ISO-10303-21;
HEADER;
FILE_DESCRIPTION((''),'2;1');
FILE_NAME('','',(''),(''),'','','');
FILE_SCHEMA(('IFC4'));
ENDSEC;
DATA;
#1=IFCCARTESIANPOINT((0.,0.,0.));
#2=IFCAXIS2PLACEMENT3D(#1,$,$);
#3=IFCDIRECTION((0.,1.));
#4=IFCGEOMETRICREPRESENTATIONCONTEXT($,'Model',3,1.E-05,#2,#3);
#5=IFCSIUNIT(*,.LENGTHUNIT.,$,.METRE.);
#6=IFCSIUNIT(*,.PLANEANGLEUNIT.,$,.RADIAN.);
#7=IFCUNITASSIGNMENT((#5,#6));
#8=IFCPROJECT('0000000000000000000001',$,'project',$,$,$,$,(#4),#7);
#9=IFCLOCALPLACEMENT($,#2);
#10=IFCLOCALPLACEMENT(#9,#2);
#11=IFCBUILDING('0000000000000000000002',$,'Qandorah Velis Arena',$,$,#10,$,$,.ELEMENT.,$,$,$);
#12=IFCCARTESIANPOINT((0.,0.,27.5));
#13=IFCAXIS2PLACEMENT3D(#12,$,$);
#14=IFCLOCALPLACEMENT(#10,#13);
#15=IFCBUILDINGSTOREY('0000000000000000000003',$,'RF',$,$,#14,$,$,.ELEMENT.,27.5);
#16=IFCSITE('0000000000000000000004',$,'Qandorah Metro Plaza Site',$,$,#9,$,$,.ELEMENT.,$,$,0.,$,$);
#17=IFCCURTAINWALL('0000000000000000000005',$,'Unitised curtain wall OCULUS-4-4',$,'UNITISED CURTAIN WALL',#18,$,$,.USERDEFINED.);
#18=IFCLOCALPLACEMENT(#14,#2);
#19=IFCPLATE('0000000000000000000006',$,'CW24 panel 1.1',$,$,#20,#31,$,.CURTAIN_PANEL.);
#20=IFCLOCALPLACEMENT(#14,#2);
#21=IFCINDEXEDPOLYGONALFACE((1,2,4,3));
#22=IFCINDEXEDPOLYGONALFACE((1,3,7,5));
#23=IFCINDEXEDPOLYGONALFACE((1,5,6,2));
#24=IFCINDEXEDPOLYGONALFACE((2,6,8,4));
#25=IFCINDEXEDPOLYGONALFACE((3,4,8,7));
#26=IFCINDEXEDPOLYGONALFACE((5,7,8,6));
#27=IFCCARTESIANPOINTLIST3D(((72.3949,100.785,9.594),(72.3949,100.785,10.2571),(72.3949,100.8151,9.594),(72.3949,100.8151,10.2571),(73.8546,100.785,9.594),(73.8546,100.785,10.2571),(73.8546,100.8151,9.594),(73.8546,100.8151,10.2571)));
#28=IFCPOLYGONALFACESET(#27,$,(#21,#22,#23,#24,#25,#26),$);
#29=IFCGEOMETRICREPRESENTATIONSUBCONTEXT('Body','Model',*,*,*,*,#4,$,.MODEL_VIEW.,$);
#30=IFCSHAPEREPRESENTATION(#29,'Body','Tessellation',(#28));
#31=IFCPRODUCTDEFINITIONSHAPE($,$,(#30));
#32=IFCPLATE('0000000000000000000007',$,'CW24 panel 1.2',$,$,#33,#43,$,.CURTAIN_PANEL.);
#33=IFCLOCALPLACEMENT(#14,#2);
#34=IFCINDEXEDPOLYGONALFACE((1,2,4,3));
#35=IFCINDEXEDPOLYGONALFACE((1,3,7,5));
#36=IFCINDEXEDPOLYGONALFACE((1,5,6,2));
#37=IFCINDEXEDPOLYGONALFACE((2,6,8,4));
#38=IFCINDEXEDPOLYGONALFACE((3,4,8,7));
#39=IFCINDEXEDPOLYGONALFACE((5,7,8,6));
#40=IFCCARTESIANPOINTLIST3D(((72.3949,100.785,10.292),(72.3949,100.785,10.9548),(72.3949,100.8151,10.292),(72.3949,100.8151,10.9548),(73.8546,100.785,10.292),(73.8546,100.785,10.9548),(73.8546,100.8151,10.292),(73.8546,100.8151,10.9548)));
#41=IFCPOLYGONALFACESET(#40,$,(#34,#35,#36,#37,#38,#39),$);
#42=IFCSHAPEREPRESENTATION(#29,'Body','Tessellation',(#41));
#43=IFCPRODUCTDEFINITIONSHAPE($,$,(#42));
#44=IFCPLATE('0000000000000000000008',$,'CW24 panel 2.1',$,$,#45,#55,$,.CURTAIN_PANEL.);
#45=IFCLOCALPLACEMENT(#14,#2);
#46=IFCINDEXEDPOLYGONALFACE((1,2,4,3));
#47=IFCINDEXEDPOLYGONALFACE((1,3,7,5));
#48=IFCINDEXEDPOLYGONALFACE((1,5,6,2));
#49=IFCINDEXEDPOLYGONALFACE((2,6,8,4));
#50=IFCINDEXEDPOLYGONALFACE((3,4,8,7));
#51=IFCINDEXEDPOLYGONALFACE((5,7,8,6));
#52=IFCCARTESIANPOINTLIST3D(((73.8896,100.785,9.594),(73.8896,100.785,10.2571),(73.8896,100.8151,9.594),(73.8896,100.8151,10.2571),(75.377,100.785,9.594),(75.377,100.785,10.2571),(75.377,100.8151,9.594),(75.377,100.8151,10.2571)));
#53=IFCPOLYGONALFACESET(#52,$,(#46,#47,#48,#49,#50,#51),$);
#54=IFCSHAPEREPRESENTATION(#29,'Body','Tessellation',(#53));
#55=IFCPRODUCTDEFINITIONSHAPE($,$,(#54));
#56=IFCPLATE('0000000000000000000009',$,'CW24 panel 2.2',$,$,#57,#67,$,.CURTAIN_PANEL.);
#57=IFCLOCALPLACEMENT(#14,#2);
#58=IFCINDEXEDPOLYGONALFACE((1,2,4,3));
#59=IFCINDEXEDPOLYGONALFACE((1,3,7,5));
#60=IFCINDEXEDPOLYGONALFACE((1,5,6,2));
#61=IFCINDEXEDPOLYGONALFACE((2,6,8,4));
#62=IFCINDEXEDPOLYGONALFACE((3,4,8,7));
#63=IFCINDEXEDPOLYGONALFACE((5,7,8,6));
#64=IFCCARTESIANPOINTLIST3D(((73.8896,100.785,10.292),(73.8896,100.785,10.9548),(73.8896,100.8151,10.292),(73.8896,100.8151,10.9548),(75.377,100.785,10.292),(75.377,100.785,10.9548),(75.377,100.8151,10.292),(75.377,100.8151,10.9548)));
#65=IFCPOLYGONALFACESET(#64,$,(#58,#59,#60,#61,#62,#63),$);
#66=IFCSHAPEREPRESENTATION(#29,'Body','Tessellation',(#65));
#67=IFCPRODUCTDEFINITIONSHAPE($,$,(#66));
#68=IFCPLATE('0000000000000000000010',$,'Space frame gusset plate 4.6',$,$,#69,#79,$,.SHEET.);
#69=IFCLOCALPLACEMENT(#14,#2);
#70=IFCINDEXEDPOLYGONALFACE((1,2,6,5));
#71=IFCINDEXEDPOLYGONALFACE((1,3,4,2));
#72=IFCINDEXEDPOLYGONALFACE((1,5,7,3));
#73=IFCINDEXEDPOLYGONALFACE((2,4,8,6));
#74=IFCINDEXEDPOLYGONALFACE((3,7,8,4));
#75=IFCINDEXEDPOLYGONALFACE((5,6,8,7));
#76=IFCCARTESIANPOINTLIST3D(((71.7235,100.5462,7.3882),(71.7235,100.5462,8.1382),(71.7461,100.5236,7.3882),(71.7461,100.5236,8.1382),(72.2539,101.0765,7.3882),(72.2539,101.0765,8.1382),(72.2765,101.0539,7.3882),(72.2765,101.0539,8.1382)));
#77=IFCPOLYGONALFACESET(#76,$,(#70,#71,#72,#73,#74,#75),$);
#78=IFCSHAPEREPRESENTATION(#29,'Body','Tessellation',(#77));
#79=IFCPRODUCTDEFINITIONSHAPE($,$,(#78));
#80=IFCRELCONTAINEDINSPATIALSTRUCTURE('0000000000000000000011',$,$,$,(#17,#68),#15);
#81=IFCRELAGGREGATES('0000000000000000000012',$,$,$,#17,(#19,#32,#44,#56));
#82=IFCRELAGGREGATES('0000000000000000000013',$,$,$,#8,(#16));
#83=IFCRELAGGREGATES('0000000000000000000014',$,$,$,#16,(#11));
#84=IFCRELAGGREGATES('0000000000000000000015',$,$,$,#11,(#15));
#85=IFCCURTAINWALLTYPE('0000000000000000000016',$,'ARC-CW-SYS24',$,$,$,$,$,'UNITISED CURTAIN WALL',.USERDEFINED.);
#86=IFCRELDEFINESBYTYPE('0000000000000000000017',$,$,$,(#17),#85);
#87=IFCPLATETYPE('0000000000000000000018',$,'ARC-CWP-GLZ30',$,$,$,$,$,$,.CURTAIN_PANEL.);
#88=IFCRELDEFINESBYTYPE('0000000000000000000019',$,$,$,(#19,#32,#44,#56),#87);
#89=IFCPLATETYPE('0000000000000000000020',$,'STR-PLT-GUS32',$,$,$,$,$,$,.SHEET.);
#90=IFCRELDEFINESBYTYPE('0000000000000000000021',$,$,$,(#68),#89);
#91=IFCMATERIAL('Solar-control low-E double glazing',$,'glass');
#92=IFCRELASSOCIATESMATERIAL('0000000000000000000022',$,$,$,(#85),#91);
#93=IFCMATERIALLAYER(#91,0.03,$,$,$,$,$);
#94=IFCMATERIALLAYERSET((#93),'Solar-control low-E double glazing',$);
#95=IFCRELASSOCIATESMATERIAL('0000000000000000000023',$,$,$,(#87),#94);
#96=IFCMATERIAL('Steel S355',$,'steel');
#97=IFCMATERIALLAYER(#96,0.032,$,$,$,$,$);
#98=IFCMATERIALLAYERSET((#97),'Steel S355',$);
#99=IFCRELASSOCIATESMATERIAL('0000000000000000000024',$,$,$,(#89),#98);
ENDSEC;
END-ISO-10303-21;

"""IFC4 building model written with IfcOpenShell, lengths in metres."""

from ifc_helpers import new_model, si_unit, direction, frame, origin, origin_2d, place, context, subcontext, project, spatial, rectangle, extrude, material, layer, layer_set, type_object, element, aggregate, save


model = new_model("IFC4")

# Units and contexts
model_context = context("Model", 3, precision=1e-05, world=origin(), true_north=direction((0.0, 1.0)))
body_context = subcontext(model_context, "Body", "Model", "MODEL_VIEW")
ifc_project = project(units=[si_unit("LENGTHUNIT", "METRE"), si_unit("PLANEANGLEUNIT", "RADIAN")], contexts=[model_context])

# Site, building, storey
site_placement = place(None, origin())
site = spatial("IfcSite", under=ifc_project, at=site_placement, Name="Qandorah Metro Plaza Site", CompositionType="ELEMENT", RefElevation=0.0)
building_placement = place(site_placement, origin())
building = spatial("IfcBuilding", under=site, at=building_placement, Name="Qandorah Velis Arena", CompositionType="ELEMENT")
storey_placement = place(building_placement, frame((0.0, 0.0, 27.5)))
storey = spatial("IfcBuildingStorey", under=building, at=storey_placement, Name="RF", CompositionType="ELEMENT", Elevation=27.5)

# Curtain wall
ifc_material_1 = material(Name="Solar-control low-E double glazing", Category="glass")
curtain_wall_type_1 = type_object("IfcCurtainWallType", Name="ARC-CW-SYS24", ElementType="UNITISED CURTAIN WALL", PredefinedType="USERDEFINED", material=ifc_material_1)
curtain_wall_1_placement = place(storey_placement, origin())
curtain_wall_1 = element("IfcCurtainWall", 1, at=curtain_wall_1_placement, inside=storey, type_object=curtain_wall_type_1, Name="Unitised curtain wall OCULUS-4-4", ObjectType="UNITISED CURTAIN WALL", PredefinedType="USERDEFINED")

# Shared definitions
ifc_material_2 = material(Name="Steel S355", Category="steel")

# Plates
ifc_layer_1 = layer(ifc_material_1, 0.03)
ifc_layer_set_1 = layer_set([ifc_layer_1], Name="Solar-control low-E double glazing")
plate_type_1 = type_object("IfcPlateType", Name="ARC-CWP-GLZ30", PredefinedType="CURTAIN_PANEL", material=ifc_layer_set_1)
plate_1_placement = place(storey_placement, frame((73.1248, 100.8, 9.594), z_axis=(0.0, 0.0, 1.0), x_axis=(1.0, 0.0, 0.0)))
plate_1 = element("IfcPlate", 2, at=plate_1_placement, type_object=plate_type_1, Name="CW24 panel 1.1", PredefinedType="CURTAIN_PANEL", context=body_context, shape_type="SweptSolid", body=[
    extrude(rectangle(XDim=1.4597, YDim=0.03, at=origin_2d()), origin(), (0.0, 0.0, 1.0), 0.6631),
])
plate_2_placement = place(storey_placement, frame((73.1248, 100.8, 10.292), z_axis=(0.0, 0.0, 1.0), x_axis=(1.0, 0.0, 0.0)))
plate_2 = element("IfcPlate", 3, at=plate_2_placement, type_object=plate_type_1, Name="CW24 panel 1.2", PredefinedType="CURTAIN_PANEL", context=body_context, shape_type="SweptSolid", body=[
    extrude(rectangle(XDim=1.4597, YDim=0.03, at=origin_2d()), origin(), (0.0, 0.0, 1.0), 0.6628),
])
plate_3_placement = place(storey_placement, frame((74.6333, 100.8, 9.594), z_axis=(0.0, 0.0, 1.0), x_axis=(1.0, 0.0, 0.0)))
plate_3 = element("IfcPlate", 4, at=plate_3_placement, type_object=plate_type_1, Name="CW24 panel 2.1", PredefinedType="CURTAIN_PANEL", context=body_context, shape_type="SweptSolid", body=[
    extrude(rectangle(XDim=1.4873, YDim=0.03, at=origin_2d()), origin(), (0.0, 0.0, 1.0), 0.6631),
])
plate_4_placement = place(storey_placement, frame((74.6333, 100.8, 10.292), z_axis=(0.0, 0.0, 1.0), x_axis=(1.0, 0.0, 0.0)))
plate_4 = element("IfcPlate", 5, at=plate_4_placement, type_object=plate_type_1, Name="CW24 panel 2.2", PredefinedType="CURTAIN_PANEL", context=body_context, shape_type="SweptSolid", body=[
    extrude(rectangle(XDim=1.4873, YDim=0.03, at=origin_2d()), origin(), (0.0, 0.0, 1.0), 0.6628),
])
aggregate(curtain_wall_1, [plate_1, plate_2, plate_3, plate_4])
ifc_layer_2 = layer(ifc_material_2, 0.032)
ifc_layer_set_2 = layer_set([ifc_layer_2], Name="Steel S355")
plate_type_2 = type_object("IfcPlateType", Name="STR-PLT-GUS32", PredefinedType="SHEET", material=ifc_layer_set_2)
plate_5_placement = place(storey_placement, frame((72.0, 100.8, 7.3882), z_axis=(0.0, 0.0, 1.0), x_axis=(0.707107, 0.707107, 0.0)))
element("IfcPlate", 6, at=plate_5_placement, inside=storey, type_object=plate_type_2, Name="Space frame gusset plate 4.6", PredefinedType="SHEET", context=body_context, shape_type="SweptSolid", body=[
    extrude(rectangle(XDim=0.75, YDim=0.032, at=origin_2d()), origin(), (0.0, 0.0, 1.0), 0.75),
])

save(model, "model.ifc")
